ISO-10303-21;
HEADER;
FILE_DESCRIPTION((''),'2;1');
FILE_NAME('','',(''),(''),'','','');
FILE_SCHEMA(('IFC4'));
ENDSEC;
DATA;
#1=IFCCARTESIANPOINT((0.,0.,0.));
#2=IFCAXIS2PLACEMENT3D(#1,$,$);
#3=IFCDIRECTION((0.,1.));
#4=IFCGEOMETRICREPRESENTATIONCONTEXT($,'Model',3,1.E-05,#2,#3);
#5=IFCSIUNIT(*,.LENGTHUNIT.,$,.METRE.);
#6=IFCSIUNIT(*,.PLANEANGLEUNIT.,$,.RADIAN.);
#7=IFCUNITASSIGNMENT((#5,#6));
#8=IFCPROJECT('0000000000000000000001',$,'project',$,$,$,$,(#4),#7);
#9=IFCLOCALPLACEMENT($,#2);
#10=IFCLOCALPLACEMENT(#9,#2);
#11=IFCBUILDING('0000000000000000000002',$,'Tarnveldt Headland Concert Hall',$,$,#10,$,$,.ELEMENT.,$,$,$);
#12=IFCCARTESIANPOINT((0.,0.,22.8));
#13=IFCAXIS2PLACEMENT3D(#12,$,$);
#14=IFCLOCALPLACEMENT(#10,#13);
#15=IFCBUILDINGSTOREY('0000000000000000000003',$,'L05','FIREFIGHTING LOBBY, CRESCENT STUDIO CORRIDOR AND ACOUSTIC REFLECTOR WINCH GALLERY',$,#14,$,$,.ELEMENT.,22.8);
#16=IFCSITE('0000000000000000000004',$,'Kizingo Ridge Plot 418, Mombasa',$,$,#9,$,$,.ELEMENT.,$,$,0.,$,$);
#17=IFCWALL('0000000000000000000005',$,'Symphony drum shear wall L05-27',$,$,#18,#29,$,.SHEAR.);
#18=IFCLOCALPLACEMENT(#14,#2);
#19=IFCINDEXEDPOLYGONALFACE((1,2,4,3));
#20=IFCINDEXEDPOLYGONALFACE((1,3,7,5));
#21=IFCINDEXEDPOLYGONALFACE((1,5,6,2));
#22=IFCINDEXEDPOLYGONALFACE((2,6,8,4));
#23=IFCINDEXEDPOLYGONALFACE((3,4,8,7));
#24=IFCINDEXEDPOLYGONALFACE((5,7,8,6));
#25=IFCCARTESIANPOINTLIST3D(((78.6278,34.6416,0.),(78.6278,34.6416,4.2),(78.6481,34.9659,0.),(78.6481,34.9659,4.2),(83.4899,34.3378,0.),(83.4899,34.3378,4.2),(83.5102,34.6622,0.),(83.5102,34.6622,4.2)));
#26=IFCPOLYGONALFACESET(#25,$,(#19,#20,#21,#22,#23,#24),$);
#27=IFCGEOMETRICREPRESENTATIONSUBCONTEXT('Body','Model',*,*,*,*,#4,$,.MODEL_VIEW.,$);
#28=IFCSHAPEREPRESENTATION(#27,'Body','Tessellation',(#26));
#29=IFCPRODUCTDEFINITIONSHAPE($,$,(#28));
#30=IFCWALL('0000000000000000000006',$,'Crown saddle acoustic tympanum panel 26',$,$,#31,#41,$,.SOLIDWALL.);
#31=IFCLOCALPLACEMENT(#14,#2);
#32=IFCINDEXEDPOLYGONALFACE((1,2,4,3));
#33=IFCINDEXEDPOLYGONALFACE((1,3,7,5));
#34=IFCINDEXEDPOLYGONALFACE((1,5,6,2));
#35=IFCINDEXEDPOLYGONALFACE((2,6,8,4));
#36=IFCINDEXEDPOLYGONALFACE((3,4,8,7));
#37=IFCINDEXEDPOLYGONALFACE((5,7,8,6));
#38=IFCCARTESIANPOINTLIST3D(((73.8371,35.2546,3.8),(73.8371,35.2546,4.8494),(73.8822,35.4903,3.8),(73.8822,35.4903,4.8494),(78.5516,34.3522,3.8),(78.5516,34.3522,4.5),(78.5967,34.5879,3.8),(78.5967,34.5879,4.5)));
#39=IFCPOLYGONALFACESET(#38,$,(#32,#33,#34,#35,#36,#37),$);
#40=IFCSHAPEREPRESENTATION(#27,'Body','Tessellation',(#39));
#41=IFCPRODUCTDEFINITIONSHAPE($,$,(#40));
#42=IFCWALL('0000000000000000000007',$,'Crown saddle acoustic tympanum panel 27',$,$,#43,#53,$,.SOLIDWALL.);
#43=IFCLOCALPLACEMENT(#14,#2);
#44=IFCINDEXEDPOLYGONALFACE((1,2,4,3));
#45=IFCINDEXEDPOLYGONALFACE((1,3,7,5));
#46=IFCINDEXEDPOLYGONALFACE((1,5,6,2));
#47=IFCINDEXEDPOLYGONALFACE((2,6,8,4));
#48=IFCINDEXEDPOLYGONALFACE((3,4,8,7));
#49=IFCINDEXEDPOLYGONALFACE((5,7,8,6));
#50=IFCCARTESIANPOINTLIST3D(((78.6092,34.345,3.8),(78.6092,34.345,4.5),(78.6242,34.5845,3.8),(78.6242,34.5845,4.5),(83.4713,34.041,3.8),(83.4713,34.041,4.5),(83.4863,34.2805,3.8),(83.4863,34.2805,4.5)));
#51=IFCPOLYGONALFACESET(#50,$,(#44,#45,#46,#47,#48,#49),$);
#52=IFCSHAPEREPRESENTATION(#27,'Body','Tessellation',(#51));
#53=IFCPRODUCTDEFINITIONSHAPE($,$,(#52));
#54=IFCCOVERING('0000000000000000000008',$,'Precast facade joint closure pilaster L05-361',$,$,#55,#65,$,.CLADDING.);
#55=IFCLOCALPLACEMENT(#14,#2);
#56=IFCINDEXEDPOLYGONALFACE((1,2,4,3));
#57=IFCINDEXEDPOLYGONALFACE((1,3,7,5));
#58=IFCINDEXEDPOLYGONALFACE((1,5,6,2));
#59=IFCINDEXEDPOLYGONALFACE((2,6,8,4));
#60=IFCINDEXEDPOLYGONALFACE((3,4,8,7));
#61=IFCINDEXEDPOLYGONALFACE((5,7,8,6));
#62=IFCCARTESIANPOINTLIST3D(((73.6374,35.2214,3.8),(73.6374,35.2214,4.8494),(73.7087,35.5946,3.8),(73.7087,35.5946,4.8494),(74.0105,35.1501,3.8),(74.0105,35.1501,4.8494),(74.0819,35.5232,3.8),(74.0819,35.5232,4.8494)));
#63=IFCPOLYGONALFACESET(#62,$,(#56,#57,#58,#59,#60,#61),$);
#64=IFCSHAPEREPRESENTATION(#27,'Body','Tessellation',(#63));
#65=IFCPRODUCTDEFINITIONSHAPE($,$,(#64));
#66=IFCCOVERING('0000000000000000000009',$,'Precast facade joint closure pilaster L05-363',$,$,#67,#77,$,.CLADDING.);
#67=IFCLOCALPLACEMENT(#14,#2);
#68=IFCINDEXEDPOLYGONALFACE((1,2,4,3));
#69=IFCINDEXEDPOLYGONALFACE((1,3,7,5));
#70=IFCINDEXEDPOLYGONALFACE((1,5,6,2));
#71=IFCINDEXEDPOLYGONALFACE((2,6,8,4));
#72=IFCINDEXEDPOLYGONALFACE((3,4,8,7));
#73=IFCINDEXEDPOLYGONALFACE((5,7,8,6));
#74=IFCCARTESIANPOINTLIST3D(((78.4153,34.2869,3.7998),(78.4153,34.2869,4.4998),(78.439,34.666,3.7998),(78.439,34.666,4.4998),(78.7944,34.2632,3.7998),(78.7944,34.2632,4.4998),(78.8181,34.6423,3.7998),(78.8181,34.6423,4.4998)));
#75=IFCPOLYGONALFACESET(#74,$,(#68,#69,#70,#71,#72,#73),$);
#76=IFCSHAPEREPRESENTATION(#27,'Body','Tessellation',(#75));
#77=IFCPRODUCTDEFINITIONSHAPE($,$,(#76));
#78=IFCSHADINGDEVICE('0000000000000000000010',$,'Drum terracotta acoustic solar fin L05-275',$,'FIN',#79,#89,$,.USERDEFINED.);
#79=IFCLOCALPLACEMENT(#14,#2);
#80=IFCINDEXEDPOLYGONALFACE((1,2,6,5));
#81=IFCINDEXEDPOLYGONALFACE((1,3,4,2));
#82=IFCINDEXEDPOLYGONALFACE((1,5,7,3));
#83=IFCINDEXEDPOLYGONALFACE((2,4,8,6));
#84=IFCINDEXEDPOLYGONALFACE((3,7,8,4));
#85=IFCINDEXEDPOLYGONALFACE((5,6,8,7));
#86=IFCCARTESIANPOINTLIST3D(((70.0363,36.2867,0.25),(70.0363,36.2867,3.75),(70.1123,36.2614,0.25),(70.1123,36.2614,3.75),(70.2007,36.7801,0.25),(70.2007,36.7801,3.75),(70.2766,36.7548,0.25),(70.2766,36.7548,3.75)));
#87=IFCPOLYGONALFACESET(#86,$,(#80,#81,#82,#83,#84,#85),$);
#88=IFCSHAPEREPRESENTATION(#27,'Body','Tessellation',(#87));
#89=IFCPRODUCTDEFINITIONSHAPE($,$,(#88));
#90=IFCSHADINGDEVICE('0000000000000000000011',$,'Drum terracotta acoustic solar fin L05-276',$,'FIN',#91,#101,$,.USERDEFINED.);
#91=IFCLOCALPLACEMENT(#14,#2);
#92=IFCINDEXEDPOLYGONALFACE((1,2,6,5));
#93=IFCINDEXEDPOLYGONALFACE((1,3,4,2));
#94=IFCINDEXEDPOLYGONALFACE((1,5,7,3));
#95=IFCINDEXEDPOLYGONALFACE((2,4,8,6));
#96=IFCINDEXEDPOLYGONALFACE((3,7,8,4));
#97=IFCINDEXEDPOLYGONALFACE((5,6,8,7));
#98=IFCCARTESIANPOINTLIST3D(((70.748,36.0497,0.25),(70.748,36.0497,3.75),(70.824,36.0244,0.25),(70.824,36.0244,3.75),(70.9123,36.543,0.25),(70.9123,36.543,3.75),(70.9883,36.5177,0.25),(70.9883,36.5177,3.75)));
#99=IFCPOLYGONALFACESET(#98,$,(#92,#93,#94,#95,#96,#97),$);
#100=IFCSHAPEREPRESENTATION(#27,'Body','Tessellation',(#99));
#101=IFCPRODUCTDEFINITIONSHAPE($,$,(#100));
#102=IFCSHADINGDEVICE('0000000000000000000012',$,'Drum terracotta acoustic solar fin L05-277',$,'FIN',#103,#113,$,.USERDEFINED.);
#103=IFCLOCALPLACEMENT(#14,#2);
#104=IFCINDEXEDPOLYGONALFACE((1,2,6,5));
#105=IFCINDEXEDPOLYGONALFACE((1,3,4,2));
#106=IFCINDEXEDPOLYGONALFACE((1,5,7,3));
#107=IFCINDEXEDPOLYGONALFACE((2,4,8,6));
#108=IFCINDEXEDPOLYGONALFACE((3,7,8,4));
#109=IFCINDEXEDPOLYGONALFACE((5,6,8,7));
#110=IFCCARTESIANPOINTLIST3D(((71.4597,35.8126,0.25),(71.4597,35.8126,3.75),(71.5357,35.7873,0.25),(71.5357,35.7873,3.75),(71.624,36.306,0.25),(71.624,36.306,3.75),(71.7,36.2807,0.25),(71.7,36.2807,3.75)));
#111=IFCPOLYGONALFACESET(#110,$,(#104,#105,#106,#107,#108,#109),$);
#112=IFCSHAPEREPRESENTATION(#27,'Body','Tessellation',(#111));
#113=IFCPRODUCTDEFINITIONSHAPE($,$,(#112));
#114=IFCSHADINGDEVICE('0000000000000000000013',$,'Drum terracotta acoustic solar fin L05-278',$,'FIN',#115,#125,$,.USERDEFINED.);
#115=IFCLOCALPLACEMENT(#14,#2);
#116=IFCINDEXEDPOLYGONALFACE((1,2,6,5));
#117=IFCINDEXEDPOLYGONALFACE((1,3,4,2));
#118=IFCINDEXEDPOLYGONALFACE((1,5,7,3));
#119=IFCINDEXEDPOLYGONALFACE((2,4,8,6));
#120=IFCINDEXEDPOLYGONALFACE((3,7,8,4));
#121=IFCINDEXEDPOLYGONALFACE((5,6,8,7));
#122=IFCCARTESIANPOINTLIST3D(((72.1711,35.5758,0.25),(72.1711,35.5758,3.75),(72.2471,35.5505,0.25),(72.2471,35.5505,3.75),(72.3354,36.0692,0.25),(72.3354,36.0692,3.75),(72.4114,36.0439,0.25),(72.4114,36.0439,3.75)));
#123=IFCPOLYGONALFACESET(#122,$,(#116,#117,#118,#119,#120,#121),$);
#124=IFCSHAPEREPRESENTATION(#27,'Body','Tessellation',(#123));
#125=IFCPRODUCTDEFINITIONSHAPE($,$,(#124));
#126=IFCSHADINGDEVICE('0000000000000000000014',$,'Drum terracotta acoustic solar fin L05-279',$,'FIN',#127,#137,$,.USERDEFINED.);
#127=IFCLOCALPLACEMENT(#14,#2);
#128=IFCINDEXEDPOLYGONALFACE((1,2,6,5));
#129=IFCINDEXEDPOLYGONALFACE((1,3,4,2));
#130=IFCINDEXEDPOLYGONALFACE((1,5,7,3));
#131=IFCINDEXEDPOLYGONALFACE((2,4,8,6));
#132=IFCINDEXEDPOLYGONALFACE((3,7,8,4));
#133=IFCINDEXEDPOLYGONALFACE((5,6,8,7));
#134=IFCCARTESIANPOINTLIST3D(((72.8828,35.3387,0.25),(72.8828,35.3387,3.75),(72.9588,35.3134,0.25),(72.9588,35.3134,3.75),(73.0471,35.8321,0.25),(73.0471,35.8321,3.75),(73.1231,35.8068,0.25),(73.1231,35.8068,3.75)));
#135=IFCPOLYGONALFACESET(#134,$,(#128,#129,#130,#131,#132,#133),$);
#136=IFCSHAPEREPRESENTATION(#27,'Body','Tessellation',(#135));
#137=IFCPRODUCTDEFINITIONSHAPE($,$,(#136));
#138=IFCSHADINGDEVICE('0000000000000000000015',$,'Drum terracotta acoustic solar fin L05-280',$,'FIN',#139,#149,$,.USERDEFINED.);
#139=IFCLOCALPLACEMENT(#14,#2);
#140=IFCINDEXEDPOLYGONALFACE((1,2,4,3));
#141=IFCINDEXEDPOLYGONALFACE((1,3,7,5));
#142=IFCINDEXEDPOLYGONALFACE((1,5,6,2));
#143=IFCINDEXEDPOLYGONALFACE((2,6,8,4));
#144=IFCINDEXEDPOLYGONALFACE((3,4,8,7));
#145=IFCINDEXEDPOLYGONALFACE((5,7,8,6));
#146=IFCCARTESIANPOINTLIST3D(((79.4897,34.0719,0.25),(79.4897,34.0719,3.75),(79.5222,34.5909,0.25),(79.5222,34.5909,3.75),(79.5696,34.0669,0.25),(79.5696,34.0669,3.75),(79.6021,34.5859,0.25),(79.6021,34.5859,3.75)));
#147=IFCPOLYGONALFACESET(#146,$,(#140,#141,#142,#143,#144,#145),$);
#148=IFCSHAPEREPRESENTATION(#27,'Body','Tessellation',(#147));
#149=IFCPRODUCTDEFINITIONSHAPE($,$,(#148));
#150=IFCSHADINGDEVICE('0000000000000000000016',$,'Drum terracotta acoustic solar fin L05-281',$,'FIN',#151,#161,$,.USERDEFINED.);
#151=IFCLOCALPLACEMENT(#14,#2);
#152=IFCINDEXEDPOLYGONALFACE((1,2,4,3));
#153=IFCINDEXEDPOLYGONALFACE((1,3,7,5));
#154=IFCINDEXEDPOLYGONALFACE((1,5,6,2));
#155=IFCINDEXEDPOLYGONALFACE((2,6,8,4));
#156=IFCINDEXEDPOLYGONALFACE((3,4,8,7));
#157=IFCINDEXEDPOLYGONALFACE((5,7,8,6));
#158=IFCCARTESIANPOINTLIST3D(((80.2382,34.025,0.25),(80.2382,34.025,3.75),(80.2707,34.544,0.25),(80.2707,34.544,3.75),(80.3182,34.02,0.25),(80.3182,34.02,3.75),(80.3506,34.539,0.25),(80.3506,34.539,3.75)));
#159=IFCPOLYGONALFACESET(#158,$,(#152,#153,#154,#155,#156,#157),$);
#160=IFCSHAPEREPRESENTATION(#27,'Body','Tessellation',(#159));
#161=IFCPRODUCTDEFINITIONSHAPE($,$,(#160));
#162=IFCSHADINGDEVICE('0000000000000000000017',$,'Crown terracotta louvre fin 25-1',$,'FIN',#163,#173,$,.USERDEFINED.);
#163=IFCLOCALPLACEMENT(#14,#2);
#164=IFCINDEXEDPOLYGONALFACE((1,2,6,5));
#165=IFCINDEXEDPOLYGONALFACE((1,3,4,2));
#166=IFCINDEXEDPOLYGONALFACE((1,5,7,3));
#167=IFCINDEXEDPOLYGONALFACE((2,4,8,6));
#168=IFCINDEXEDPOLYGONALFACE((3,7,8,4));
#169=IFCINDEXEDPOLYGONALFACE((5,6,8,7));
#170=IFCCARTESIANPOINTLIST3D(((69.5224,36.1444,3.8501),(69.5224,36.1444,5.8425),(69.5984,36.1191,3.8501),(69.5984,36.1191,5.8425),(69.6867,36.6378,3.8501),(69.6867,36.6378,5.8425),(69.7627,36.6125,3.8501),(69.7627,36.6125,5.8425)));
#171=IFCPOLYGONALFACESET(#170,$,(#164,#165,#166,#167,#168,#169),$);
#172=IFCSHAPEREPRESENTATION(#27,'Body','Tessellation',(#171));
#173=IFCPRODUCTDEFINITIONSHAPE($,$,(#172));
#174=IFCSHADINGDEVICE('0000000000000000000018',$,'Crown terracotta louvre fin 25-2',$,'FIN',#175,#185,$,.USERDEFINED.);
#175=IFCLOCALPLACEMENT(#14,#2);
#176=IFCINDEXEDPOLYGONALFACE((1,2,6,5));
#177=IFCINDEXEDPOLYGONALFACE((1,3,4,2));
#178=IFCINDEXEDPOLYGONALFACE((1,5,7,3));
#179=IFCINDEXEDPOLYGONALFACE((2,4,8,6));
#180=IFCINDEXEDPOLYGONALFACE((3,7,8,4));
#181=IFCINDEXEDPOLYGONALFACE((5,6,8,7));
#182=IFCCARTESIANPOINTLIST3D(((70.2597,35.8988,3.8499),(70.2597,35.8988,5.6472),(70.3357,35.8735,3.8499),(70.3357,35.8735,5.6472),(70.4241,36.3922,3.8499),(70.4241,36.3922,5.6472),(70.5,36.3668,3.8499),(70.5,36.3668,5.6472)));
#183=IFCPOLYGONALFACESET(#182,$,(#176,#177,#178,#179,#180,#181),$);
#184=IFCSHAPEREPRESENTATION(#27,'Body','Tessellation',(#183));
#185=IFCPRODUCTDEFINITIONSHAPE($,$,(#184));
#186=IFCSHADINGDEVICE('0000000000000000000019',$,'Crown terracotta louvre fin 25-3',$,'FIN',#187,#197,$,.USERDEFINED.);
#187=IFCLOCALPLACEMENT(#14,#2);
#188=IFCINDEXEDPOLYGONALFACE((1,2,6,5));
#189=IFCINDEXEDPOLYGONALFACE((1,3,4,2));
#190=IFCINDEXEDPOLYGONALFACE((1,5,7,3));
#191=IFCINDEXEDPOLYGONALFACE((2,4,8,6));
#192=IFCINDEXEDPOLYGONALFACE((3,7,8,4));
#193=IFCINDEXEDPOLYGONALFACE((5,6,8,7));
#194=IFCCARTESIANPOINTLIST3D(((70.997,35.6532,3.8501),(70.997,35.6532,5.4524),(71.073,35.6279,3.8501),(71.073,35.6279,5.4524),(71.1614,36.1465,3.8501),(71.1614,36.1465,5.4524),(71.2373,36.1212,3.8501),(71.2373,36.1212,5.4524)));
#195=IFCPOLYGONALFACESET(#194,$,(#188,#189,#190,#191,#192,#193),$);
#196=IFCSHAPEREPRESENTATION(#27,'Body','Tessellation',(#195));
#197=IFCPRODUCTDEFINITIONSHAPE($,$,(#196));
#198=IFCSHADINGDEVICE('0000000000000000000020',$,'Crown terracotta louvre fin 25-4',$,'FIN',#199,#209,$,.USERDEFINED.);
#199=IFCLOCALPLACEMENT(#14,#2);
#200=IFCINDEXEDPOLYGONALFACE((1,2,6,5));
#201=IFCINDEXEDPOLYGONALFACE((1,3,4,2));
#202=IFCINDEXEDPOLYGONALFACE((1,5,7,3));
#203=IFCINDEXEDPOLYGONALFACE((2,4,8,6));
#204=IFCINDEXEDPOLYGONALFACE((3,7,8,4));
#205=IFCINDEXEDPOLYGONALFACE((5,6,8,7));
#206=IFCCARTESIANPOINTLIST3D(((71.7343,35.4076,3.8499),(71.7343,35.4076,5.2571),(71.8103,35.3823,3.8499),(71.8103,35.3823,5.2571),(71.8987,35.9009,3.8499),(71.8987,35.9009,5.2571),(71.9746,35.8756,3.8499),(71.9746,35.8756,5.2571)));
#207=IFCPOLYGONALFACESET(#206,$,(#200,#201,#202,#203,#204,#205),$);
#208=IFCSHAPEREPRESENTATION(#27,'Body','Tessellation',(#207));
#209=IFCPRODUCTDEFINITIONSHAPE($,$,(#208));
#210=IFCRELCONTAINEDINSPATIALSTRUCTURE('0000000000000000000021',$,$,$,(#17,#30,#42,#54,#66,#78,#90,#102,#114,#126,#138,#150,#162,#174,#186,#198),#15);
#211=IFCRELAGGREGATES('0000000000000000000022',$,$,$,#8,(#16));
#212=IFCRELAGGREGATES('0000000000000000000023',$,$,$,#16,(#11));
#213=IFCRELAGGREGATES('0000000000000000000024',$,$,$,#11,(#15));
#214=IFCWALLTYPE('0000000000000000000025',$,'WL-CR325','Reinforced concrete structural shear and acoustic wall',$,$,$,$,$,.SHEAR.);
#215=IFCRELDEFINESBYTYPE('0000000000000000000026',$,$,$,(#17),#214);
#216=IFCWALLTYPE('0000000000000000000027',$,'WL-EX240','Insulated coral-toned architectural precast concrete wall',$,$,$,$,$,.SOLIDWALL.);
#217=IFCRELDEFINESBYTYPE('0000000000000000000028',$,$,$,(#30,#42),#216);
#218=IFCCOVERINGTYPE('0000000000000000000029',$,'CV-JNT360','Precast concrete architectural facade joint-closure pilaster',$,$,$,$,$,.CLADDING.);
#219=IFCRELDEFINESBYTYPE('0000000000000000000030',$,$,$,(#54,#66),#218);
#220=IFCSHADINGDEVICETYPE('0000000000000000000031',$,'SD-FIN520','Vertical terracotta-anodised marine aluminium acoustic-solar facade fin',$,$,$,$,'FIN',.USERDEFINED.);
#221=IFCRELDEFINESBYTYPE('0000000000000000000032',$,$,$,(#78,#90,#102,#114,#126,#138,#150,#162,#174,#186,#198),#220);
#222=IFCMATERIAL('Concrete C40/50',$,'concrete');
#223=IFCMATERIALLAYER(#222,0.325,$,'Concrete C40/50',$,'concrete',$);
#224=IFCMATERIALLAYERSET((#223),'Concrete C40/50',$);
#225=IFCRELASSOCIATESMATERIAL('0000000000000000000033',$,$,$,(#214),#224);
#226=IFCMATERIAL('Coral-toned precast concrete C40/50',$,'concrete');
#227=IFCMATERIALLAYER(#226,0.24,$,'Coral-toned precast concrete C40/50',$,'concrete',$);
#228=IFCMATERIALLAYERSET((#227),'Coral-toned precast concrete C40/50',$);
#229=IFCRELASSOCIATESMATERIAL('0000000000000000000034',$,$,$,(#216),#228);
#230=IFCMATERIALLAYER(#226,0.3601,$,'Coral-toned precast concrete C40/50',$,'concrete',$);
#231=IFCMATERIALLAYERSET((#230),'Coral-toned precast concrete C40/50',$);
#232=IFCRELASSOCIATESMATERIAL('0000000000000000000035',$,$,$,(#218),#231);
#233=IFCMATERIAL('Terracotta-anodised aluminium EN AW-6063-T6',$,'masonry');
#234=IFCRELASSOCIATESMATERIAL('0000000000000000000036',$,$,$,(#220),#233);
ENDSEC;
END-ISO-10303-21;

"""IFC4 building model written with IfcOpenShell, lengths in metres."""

from ifc_helpers import new_model, si_unit, direction, frame, frame_2d, origin, origin_2d, place, context, subcontext, project, spatial, polyline, rectangle, outline, extrude, material, layer, layer_set, type_object, element, save


model = new_model("IFC4")

# Units and contexts
model_context = context("Model", 3, precision=1e-05, world=origin(), true_north=direction((0.0, 1.0)))
body_context = subcontext(model_context, "Body", "Model", "MODEL_VIEW")
ifc_project = project(units=[si_unit("LENGTHUNIT", "METRE"), si_unit("PLANEANGLEUNIT", "RADIAN")], contexts=[model_context])

# Site, building, storey
site_placement = place(None, origin())
site = spatial("IfcSite", under=ifc_project, at=site_placement, Name="Kizingo Ridge Plot 418, Mombasa", CompositionType="ELEMENT", RefElevation=0.0)
building_placement = place(site_placement, origin())
building = spatial("IfcBuilding", under=site, at=building_placement, Name="Tarnveldt Headland Concert Hall", CompositionType="ELEMENT")
storey_placement = place(building_placement, frame((0.0, 0.0, 22.8)))
storey = spatial("IfcBuildingStorey", under=building, at=storey_placement, Name="L05", Description="FIREFIGHTING LOBBY, CRESCENT STUDIO CORRIDOR AND ACOUSTIC REFLECTOR WINCH GALLERY", CompositionType="ELEMENT", Elevation=22.8)

# Shared definitions
ifc_material_1 = material(Name="Concrete C40/50", Category="concrete")

# Shared definitions
ifc_layer_1 = layer(ifc_material_1, 0.325, Name="Concrete C40/50", Category="concrete")
ifc_layer_set_1 = layer_set([ifc_layer_1], Name="Concrete C40/50")
wall_type_1 = type_object("IfcWallType", Name="WL-CR325", Description="Reinforced concrete structural shear and acoustic wall", PredefinedType="SHEAR", material=ifc_layer_set_1)

# Walls
wall_1_placement = place(storey_placement, frame((78.6379, 34.8037, 0.0), z_axis=(0.0, 0.0, 1.0), x_axis=(0.998055, -0.062344, 0.0)))
element("IfcWall", 1, at=wall_1_placement, inside=storey, type_object=wall_type_1, Name="Symphony drum shear wall L05-27", PredefinedType="SHEAR", context=body_context, shape_type="SweptSolid", body=[
    extrude(rectangle(XDim=4.8716, YDim=0.325, at=frame_2d((2.4358, 0.0))), origin(), (0.0, 0.0, 1.0), 4.2),
])
ifc_material_2 = material(Name="Coral-toned precast concrete C40/50", Category="concrete")
ifc_layer_2 = layer(ifc_material_2, 0.24, Name="Coral-toned precast concrete C40/50", Category="concrete")
ifc_layer_set_2 = layer_set([ifc_layer_2], Name="Coral-toned precast concrete C40/50")
wall_type_2 = type_object("IfcWallType", Name="WL-EX240", Description="Insulated coral-toned architectural precast concrete wall", PredefinedType="SOLIDWALL", material=ifc_layer_set_2)
wall_2_placement = place(storey_placement, frame((73.8596, 35.3723, 3.8), z_axis=(0.0, 0.0, 1.0), x_axis=(0.982171, -0.187991, 0.0)))
element("IfcWall", 2, at=wall_2_placement, inside=storey, type_object=wall_type_2, Name="Crown saddle acoustic tympanum panel 26", PredefinedType="SOLIDWALL", context=body_context, shape_type="SweptSolid", body=[
    extrude(outline(polyline([(0.0, 0.0), (4.8, 0.0), (4.8, 0.7), (0.0, 1.0493), (0.0, 0.0)])), frame((0.0, 0.1201, 0.0), z_axis=(0.0, -1.0, 0.0), x_axis=(1.0, 0.0, 0.0)), (0.0, 0.0, 1.0), 0.24),
])
wall_3_placement = place(storey_placement, frame((78.6167, 34.4646, 3.8), z_axis=(0.0, 0.0, 1.0), x_axis=(0.998052, -0.062394, 0.0)))
element("IfcWall", 3, at=wall_3_placement, inside=storey, type_object=wall_type_2, Name="Crown saddle acoustic tympanum panel 27", PredefinedType="SOLIDWALL", context=body_context, shape_type="SweptSolid", body=[
    extrude(outline(polyline([(0.0, 0.0), (4.8716, 0.0), (4.8716, 0.7), (0.0, 0.7), (0.0, 0.0)])), frame((0.0, 0.1201, 0.0), z_axis=(0.0, -1.0, 0.0), x_axis=(1.0, 0.0, 0.0)), (0.0, 0.0, 1.0), 0.24),
])

# Coverings
ifc_layer_3 = layer(ifc_material_2, 0.3601, Name="Coral-toned precast concrete C40/50", Category="concrete")
ifc_layer_set_3 = layer_set([ifc_layer_3], Name="Coral-toned precast concrete C40/50")
covering_type = type_object("IfcCoveringType", Name="CV-JNT360", Description="Precast concrete architectural facade joint-closure pilaster", PredefinedType="CLADDING", material=ifc_layer_set_3)
covering_1_placement = place(storey_placement, frame((73.8596, 35.3723, 3.8), z_axis=(0.0, 0.0, 1.0), x_axis=(-0.187896, -0.982189, 0.0)))
element("IfcCovering", 4, at=covering_1_placement, inside=storey, type_object=covering_type, Name="Precast facade joint closure pilaster L05-361", PredefinedType="CLADDING", context=body_context, shape_type="SweptSolid", body=[
    extrude(rectangle(XDim=0.3799, YDim=0.3799, at=origin_2d()), origin(), (0.0, 0.0, 1.0), 1.0493),
])
covering_2_placement = place(storey_placement, frame((78.6167, 34.4646, 3.7998), z_axis=(0.0, 0.0, 1.0), x_axis=(-0.062442, -0.998049, 0.0)))
element("IfcCovering", 5, at=covering_2_placement, inside=storey, type_object=covering_type, Name="Precast facade joint closure pilaster L05-363", PredefinedType="CLADDING", context=body_context, shape_type="SweptSolid", body=[
    extrude(rectangle(XDim=0.3799, YDim=0.3799, at=origin_2d()), origin(), (0.0, 0.0, 1.0), 0.7),
])

# Shading devices
ifc_material_3 = material(Name="Terracotta-anodised aluminium EN AW-6063-T6", Category="masonry")
shading_device_type = type_object("IfcShadingDeviceType", Name="SD-FIN520", Description="Vertical terracotta-anodised marine aluminium acoustic-solar facade fin", ElementType="FIN", PredefinedType="USERDEFINED", material=ifc_material_3)
for number, where, z_axis, x_axis, name in (
    (6, (70.1565, 36.5208, 0.25), (0.0, 0.0, 1.0), (-0.31598, -0.948766, 0.0), "Drum terracotta acoustic solar fin L05-275"),
    (7, (70.8682, 36.2837, 0.25), (0.0, 0.0, 1.0), (-0.31598, -0.948766, 0.0), "Drum terracotta acoustic solar fin L05-276"),
    (8, (71.5798, 36.0466, 0.25), (0.0, 0.0, 1.0), (-0.31598, -0.948766, 0.0), "Drum terracotta acoustic solar fin L05-277"),
    (9, (72.2913, 35.8098, 0.25), (0.0, 0.0, 1.0), (-0.31598, -0.948766, 0.0), "Drum terracotta acoustic solar fin L05-278"),
    (10, (73.0029, 35.5728, 0.25), (0.0, 0.0, 1.0), (-0.31598, -0.948766, 0.0), "Drum terracotta acoustic solar fin L05-279"),
    (11, (79.5459, 34.3289, 0.25), (0.0, 0.0, 1.0), (-0.062442, -0.998049, 0.0), "Drum terracotta acoustic solar fin L05-280"),
    (12, (80.2944, 34.282, 0.25), (0.0, 0.0, 1.0), (-0.062442, -0.998049, 0.0), "Drum terracotta acoustic solar fin L05-281"),
):
    element("IfcShadingDevice", number, at=place(storey_placement, frame(where, z_axis=z_axis, x_axis=x_axis)), inside=storey, type_object=shading_device_type, Name=name, ObjectType="FIN", PredefinedType="USERDEFINED", context=body_context, shape_type="SweptSolid", body=[
        extrude(rectangle(XDim=0.52, YDim=0.0801, at=origin_2d()), origin(), (0.0, 0.0, 1.0), 3.5),
    ])
shading_device_1_placement = place(storey_placement, frame((69.6426, 36.3784, 3.8501), z_axis=(0.0, 0.0, 1.0), x_axis=(-0.31598, -0.948766, 0.0)))
element("IfcShadingDevice", 13, at=shading_device_1_placement, inside=storey, type_object=shading_device_type, Name="Crown terracotta louvre fin 25-1", ObjectType="FIN", PredefinedType="USERDEFINED", context=body_context, shape_type="SweptSolid", body=[
    extrude(rectangle(XDim=0.52, YDim=0.0801, at=origin_2d()), origin(), (0.0, 0.0, 1.0), 1.9924),
])
shading_device_2_placement = place(storey_placement, frame((70.3799, 36.1328, 3.8499), z_axis=(0.0, 0.0, 1.0), x_axis=(-0.31598, -0.948766, 0.0)))
element("IfcShadingDevice", 14, at=shading_device_2_placement, inside=storey, type_object=shading_device_type, Name="Crown terracotta louvre fin 25-2", ObjectType="FIN", PredefinedType="USERDEFINED", context=body_context, shape_type="SweptSolid", body=[
    extrude(rectangle(XDim=0.52, YDim=0.0801, at=origin_2d()), origin(), (0.0, 0.0, 1.0), 1.7974),
])
shading_device_3_placement = place(storey_placement, frame((71.1172, 35.8872, 3.8501), z_axis=(0.0, 0.0, 1.0), x_axis=(-0.31598, -0.948766, 0.0)))
element("IfcShadingDevice", 15, at=shading_device_3_placement, inside=storey, type_object=shading_device_type, Name="Crown terracotta louvre fin 25-3", ObjectType="FIN", PredefinedType="USERDEFINED", context=body_context, shape_type="SweptSolid", body=[
    extrude(rectangle(XDim=0.52, YDim=0.0801, at=origin_2d()), origin(), (0.0, 0.0, 1.0), 1.6023),
])
shading_device_4_placement = place(storey_placement, frame((71.8545, 35.6416, 3.8499), z_axis=(0.0, 0.0, 1.0), x_axis=(-0.31598, -0.948766, 0.0)))
element("IfcShadingDevice", 16, at=shading_device_4_placement, inside=storey, type_object=shading_device_type, Name="Crown terracotta louvre fin 25-4", ObjectType="FIN", PredefinedType="USERDEFINED", context=body_context, shape_type="SweptSolid", body=[
    extrude(rectangle(XDim=0.52, YDim=0.0801, at=origin_2d()), origin(), (0.0, 0.0, 1.0), 1.4072),
])

save(model, "model.ifc")
